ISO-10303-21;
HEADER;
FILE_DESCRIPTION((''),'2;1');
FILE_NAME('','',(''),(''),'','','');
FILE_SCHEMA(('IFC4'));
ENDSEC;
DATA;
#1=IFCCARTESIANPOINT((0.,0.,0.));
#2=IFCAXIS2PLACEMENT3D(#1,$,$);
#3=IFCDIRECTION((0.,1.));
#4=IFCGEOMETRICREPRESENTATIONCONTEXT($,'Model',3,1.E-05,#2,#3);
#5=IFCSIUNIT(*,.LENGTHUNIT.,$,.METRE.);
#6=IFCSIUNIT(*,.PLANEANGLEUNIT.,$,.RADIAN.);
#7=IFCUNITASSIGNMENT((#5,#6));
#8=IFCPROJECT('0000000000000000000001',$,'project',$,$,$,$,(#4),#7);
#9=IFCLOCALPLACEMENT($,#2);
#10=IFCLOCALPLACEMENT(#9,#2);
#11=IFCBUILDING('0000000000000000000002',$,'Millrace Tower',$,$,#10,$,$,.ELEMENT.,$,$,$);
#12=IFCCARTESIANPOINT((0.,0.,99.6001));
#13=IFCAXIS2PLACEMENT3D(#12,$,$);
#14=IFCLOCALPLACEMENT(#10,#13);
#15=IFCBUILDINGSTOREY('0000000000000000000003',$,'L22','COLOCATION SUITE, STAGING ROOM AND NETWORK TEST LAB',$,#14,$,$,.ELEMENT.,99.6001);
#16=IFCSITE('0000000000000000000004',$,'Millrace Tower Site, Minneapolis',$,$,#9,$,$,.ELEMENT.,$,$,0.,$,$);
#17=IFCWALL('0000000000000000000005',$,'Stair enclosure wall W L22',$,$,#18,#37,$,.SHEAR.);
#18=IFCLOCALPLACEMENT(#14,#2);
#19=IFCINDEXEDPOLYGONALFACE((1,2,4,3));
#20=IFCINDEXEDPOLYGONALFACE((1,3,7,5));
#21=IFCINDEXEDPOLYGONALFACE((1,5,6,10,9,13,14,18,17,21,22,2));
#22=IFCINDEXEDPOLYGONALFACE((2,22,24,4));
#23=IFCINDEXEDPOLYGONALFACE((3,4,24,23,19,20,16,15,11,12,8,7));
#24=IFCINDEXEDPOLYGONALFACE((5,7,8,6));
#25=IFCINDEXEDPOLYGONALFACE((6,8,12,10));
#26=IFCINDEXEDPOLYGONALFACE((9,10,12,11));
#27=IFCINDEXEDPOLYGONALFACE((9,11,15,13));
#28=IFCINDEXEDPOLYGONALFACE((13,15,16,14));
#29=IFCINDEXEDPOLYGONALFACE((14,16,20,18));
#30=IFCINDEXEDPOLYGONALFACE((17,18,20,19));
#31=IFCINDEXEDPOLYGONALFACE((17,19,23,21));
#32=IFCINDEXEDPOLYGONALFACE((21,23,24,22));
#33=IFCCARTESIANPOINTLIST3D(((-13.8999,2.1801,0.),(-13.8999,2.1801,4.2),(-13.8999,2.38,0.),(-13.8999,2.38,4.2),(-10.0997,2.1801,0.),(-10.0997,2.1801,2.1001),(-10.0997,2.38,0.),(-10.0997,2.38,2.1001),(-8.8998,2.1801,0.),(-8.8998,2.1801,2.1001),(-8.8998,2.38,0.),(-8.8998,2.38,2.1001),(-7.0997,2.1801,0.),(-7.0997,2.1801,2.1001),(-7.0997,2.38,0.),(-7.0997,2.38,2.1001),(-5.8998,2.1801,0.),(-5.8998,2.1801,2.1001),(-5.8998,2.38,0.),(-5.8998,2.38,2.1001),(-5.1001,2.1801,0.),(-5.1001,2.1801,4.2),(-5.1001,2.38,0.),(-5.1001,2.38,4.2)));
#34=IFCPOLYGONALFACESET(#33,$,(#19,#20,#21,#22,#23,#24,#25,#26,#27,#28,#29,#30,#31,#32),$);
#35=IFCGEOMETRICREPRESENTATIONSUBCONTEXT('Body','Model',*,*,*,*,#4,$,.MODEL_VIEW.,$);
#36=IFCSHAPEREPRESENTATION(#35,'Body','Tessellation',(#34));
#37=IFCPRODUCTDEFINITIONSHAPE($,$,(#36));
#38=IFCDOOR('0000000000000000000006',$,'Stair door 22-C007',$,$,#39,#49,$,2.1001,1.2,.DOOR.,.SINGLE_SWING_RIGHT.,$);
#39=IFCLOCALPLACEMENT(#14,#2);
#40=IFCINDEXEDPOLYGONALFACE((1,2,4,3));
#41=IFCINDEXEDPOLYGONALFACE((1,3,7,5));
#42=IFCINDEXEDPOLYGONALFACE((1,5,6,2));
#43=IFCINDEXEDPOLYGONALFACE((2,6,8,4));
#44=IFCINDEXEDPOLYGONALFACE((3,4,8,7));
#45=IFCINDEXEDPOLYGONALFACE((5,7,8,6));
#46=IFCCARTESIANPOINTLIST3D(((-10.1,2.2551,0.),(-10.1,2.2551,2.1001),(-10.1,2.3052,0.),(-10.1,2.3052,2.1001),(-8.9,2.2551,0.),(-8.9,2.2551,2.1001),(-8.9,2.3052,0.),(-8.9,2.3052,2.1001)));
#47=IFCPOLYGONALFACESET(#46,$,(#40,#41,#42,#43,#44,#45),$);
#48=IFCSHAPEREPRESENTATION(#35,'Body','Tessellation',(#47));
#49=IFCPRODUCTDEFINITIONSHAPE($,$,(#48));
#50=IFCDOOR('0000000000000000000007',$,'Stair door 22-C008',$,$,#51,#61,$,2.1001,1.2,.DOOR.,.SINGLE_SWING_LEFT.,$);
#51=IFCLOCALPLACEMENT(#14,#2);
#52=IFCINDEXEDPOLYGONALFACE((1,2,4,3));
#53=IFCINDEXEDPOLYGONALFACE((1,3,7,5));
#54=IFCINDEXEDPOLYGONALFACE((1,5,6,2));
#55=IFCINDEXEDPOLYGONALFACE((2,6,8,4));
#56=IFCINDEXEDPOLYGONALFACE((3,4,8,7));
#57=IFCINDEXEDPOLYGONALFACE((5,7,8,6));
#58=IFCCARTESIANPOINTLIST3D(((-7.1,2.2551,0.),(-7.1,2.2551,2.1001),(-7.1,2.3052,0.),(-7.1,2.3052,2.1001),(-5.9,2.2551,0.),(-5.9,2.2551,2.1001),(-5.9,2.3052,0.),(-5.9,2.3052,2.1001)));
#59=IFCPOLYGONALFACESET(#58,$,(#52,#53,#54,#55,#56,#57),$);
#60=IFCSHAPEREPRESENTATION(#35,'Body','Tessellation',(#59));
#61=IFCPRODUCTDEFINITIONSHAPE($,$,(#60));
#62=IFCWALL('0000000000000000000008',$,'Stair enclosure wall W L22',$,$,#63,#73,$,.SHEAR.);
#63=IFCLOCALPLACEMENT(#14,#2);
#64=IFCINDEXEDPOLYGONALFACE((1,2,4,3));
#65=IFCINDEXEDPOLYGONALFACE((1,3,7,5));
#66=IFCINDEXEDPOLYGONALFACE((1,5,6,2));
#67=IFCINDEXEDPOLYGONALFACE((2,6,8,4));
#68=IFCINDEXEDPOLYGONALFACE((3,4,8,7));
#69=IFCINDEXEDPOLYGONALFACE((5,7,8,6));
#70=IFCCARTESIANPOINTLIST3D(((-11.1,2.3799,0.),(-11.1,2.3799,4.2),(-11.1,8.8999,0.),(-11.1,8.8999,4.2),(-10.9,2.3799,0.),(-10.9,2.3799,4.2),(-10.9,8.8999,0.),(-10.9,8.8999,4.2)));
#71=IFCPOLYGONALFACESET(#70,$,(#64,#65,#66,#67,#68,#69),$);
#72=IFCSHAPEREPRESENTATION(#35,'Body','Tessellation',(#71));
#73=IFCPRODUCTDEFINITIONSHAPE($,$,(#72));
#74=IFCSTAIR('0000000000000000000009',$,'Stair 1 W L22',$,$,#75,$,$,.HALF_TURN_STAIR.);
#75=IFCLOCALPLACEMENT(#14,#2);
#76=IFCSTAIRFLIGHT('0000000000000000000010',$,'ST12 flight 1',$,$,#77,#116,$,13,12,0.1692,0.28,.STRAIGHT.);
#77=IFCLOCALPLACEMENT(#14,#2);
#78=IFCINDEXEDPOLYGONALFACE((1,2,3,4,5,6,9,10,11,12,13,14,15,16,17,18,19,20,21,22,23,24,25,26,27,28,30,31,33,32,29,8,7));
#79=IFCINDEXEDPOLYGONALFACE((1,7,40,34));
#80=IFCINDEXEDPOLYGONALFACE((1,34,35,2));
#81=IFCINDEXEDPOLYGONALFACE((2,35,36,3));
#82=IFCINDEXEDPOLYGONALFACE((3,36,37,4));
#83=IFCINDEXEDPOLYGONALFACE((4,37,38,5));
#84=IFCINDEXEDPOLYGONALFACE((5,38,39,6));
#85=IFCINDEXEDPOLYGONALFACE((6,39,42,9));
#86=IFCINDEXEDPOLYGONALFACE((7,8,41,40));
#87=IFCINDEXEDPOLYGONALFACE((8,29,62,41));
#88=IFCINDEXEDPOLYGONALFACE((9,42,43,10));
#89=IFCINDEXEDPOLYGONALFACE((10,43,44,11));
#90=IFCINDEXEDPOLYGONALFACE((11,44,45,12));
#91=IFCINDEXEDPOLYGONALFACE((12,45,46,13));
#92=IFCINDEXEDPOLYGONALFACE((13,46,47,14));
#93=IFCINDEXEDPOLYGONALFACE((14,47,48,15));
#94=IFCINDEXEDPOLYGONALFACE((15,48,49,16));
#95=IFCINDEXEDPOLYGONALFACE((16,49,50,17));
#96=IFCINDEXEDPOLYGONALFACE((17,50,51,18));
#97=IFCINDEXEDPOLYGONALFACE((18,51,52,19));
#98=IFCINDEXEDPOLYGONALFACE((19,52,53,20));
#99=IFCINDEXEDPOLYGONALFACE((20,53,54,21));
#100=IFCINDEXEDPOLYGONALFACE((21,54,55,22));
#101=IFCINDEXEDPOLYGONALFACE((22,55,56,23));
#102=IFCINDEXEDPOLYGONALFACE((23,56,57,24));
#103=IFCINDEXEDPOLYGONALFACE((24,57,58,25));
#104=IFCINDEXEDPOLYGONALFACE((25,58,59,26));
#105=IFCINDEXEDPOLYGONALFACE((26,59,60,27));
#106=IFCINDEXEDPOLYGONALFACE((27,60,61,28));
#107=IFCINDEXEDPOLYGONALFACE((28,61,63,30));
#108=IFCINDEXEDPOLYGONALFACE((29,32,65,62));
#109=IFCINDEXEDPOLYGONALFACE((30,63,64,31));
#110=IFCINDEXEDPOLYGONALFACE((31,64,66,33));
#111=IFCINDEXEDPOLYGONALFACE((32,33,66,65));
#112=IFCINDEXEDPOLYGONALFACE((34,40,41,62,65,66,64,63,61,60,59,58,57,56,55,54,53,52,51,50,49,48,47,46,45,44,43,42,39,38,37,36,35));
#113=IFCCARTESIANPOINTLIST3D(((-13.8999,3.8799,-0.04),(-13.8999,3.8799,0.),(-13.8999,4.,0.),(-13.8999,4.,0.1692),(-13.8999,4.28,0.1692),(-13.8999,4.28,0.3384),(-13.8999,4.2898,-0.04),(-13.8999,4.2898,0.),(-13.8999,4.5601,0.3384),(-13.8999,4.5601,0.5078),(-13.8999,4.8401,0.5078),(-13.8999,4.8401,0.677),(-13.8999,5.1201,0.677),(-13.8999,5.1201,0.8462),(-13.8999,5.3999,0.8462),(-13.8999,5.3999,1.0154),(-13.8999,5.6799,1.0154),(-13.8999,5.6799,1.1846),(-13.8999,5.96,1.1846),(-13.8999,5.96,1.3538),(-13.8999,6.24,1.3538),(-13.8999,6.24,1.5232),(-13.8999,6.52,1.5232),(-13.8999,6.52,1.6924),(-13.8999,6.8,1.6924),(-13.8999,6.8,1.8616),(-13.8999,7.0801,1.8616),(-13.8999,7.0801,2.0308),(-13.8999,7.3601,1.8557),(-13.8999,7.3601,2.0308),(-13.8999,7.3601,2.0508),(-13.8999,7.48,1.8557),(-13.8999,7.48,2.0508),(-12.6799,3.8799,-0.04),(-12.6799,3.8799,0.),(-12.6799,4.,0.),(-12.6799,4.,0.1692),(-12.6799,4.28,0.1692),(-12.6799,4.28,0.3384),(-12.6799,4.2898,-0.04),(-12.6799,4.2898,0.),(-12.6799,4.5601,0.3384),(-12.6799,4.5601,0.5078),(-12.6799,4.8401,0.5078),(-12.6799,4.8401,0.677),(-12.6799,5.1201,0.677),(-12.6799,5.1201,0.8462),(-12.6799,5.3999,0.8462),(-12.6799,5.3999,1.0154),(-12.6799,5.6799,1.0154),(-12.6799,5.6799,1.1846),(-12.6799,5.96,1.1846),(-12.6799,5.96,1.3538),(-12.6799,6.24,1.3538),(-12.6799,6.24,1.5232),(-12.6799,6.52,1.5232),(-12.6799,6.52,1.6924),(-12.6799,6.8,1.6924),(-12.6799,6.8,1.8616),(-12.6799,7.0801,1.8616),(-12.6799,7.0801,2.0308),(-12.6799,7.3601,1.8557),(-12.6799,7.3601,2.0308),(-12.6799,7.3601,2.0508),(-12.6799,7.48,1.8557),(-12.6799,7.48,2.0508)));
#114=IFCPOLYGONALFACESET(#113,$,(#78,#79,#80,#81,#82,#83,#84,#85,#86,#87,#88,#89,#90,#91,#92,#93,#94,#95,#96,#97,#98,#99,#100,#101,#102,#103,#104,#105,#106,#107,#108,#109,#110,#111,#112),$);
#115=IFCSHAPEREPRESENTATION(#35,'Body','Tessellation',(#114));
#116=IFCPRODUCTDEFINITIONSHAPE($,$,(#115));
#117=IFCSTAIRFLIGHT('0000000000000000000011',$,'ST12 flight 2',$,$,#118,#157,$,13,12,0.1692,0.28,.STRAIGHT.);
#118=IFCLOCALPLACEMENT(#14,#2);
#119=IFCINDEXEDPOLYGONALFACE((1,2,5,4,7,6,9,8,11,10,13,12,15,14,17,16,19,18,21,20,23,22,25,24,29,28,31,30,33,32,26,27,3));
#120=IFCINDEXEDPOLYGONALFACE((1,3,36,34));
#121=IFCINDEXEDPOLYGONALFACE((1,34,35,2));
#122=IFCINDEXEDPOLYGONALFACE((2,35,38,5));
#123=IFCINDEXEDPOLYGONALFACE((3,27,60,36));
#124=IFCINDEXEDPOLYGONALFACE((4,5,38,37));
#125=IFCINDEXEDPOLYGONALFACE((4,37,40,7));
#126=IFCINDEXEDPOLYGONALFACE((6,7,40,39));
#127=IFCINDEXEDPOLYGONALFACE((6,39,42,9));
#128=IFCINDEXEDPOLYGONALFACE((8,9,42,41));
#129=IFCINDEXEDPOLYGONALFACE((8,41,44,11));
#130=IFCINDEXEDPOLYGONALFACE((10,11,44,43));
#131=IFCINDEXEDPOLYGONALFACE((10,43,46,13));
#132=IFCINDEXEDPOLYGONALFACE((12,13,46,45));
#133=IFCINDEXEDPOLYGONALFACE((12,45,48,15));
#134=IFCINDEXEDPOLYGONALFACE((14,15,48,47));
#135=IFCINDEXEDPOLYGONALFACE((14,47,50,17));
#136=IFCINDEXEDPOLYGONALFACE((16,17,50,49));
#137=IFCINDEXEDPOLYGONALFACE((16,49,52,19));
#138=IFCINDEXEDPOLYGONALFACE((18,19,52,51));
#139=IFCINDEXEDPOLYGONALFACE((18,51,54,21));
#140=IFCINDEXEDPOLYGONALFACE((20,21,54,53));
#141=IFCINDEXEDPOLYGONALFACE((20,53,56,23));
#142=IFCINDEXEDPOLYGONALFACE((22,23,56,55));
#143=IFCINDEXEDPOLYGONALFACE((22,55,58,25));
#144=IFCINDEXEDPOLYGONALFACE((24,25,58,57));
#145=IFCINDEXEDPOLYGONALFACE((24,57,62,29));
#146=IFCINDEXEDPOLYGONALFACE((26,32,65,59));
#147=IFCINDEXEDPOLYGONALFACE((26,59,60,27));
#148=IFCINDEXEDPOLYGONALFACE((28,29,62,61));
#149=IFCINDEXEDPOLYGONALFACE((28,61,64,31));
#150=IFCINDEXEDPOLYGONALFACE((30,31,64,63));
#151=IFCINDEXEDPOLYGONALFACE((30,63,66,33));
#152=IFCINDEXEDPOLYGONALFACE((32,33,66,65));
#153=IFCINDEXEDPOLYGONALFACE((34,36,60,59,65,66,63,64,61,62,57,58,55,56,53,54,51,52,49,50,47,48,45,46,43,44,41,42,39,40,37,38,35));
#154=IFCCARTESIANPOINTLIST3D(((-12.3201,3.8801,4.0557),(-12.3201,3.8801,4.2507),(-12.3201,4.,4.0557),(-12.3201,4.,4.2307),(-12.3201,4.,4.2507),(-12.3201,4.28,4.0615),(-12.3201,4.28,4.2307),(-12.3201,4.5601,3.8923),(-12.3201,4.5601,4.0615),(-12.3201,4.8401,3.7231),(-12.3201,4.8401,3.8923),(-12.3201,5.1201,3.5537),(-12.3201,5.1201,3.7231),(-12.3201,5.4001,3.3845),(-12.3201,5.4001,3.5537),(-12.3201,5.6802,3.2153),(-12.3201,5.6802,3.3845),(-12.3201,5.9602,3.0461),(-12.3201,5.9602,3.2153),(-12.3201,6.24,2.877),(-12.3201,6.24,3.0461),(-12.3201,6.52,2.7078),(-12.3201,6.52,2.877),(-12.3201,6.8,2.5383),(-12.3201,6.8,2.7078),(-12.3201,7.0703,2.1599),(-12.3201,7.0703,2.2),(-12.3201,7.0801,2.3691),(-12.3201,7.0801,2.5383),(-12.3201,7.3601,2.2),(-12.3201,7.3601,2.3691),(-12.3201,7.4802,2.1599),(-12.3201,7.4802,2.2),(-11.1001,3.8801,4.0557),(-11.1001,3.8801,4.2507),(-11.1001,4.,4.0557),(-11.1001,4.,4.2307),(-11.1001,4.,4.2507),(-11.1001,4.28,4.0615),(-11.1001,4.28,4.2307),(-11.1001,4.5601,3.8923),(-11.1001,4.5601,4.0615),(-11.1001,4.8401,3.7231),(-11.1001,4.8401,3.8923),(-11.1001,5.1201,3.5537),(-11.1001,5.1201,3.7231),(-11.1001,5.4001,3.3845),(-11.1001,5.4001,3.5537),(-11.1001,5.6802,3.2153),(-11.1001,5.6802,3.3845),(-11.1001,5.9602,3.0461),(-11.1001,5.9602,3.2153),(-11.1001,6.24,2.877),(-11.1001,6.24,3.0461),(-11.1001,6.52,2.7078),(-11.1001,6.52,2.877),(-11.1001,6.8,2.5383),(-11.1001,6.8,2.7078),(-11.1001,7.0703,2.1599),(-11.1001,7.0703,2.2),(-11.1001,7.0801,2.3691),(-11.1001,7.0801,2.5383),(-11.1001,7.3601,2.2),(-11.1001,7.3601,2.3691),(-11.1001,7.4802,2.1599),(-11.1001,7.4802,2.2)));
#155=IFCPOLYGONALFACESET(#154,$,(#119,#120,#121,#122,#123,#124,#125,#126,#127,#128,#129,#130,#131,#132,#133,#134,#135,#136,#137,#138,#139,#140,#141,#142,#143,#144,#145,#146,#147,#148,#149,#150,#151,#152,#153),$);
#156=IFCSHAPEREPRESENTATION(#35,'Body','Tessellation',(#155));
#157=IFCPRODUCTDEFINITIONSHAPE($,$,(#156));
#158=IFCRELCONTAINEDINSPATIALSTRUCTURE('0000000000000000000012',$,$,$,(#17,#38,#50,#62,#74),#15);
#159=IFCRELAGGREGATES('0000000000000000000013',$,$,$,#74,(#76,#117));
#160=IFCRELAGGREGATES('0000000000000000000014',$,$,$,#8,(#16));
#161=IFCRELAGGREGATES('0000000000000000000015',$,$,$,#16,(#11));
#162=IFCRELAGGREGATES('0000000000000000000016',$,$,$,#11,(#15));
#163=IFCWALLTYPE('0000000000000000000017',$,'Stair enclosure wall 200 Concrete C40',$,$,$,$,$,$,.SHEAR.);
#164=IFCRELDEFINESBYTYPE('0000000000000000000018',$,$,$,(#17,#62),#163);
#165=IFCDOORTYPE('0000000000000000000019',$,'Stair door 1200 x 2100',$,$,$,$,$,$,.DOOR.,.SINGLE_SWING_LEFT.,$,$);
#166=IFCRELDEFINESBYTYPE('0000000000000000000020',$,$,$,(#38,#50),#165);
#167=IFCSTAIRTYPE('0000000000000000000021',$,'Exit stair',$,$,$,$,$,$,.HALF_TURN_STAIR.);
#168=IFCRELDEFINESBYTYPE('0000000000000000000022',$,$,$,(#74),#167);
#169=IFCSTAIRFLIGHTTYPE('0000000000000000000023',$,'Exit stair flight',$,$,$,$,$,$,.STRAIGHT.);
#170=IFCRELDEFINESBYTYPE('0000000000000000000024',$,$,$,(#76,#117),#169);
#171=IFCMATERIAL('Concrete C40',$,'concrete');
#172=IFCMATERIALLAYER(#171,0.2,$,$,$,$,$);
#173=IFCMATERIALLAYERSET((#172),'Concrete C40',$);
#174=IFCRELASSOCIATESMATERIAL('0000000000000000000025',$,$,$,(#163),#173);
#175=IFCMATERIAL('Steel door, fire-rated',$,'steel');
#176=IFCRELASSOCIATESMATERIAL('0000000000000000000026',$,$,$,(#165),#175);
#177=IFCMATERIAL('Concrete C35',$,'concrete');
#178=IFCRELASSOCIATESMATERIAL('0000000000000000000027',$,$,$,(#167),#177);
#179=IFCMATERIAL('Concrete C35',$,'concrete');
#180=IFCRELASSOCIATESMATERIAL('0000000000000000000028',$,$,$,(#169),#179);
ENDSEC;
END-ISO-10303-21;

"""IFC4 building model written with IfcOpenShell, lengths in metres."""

from ifc_helpers import new_model, si_unit, direction, frame, frame_2d, origin, place, context, subcontext, project, spatial, polyline, rectangle, outline, extrude, material, layer, layer_set, type_object, element, fill, aggregate, save


model = new_model("IFC4")

# Units and contexts
model_context = context("Model", 3, precision=1e-05, world=origin(), true_north=direction((0.0, 1.0)))
body_context = subcontext(model_context, "Body", "Model", "MODEL_VIEW")
ifc_project = project(units=[si_unit("LENGTHUNIT", "METRE"), si_unit("PLANEANGLEUNIT", "RADIAN")], contexts=[model_context])

# Site, building, storey
site_placement = place(None, origin())
site = spatial("IfcSite", under=ifc_project, at=site_placement, Name="Millrace Tower Site, Minneapolis", CompositionType="ELEMENT", RefElevation=0.0)
building_placement = place(site_placement, origin())
building = spatial("IfcBuilding", under=site, at=building_placement, Name="Millrace Tower", CompositionType="ELEMENT")
storey_placement = place(building_placement, frame((0.0, 0.0, 99.6001)))
storey = spatial("IfcBuildingStorey", under=building, at=storey_placement, Name="L22", Description="COLOCATION SUITE, STAGING ROOM AND NETWORK TEST LAB", CompositionType="ELEMENT", Elevation=99.6001)

# Shared definitions
placement = place(storey_placement, origin())

# Shared definitions
ifc_material_1 = material(Name="Concrete C40", Category="concrete")
ifc_layer_1 = layer(ifc_material_1, 0.2)
ifc_layer_set_1 = layer_set([ifc_layer_1], Name="Concrete C40")
wall_type_1 = type_object("IfcWallType", Name="Stair enclosure wall 200 Concrete C40", PredefinedType="SHEAR", material=ifc_layer_set_1)

# Wall, openings, doors
wall_1_placement = place(storey_placement, frame((-13.8999, 2.28, 0.0), z_axis=(0.0, 0.0, 1.0), x_axis=(1.0, 0.0, 0.0)))
wall_1 = element("IfcWall", 1, at=wall_1_placement, inside=storey, type_object=wall_type_1, Name="Stair enclosure wall W L22", PredefinedType="SHEAR", context=body_context, shape_type="SweptSolid", body=[
    extrude(rectangle(XDim=8.7998, YDim=0.2, at=frame_2d((4.3999, 0.0))), origin(), (0.0, 0.0, 1.0), 4.2),
])
opening_1_placement = place(wall_1_placement, frame((3.8, 0.0, 0.0)))
opening_1 = element("IfcOpeningElement", 2, at=opening_1_placement, cuts=wall_1, PredefinedType="OPENING", context=body_context, shape_type="SweptSolid", body=[
    extrude(rectangle(XDim=1.2, YDim=2.1001, at=frame_2d((0.6001, 1.05))), frame((0.0, 0.1099, 0.0), z_axis=(0.0, -1.0, 0.0), x_axis=(1.0, 0.0, 0.0)), (0.0, 0.0, 1.0), 0.22),
])
opening_2_placement = place(wall_1_placement, frame((6.8, 0.0, 0.0)))
opening_2 = element("IfcOpeningElement", 3, at=opening_2_placement, cuts=wall_1, PredefinedType="OPENING", context=body_context, shape_type="SweptSolid", body=[
    extrude(rectangle(XDim=1.2, YDim=2.1001, at=frame_2d((0.6001, 1.05))), frame((0.0, 0.1099, 0.0), z_axis=(0.0, -1.0, 0.0), x_axis=(1.0, 0.0, 0.0)), (0.0, 0.0, 1.0), 0.22),
])
ifc_material_2 = material(Name="Steel door, fire-rated", Category="steel")
door_type_1 = type_object("IfcDoorType", Name="Stair door 1200 x 2100", OperationType="SINGLE_SWING_LEFT", PredefinedType="DOOR", material=ifc_material_2)
door_1_placement = place(opening_1_placement, frame((1.2, 0.0, 0.0), z_axis=(0.0, 0.0, 1.0), x_axis=(-1.0, 0.0, 0.0)))
door_1 = element("IfcDoor", 4, at=door_1_placement, inside=storey, type_object=door_type_1, Name="Stair door 22-C007", OperationType="SINGLE_SWING_RIGHT", OverallHeight=2.1001, OverallWidth=1.2, PredefinedType="DOOR", context=body_context, shape_type="SweptSolid", body=[
    extrude(rectangle(XDim=1.2, YDim=2.1001, at=frame_2d((0.6001, 1.05))), frame((0.0, 0.0249, 0.0), z_axis=(0.0, -1.0, 0.0), x_axis=(1.0, 0.0, 0.0)), (0.0, 0.0, 1.0), 0.05),
])
fill(opening_1, door_1)
door_2_placement = place(opening_2_placement, frame((1.2, 0.0, 0.0), z_axis=(0.0, 0.0, 1.0), x_axis=(-1.0, 0.0, 0.0)))
door_2 = element("IfcDoor", 5, at=door_2_placement, inside=storey, type_object=door_type_1, Name="Stair door 22-C008", OperationType="SINGLE_SWING_LEFT", OverallHeight=2.1001, OverallWidth=1.2, PredefinedType="DOOR", context=body_context, shape_type="SweptSolid", body=[
    extrude(rectangle(XDim=1.2, YDim=2.1001, at=frame_2d((0.6001, 1.05))), frame((0.0, 0.0249, 0.0), z_axis=(0.0, -1.0, 0.0), x_axis=(1.0, 0.0, 0.0)), (0.0, 0.0, 1.0), 0.05),
])
fill(opening_2, door_2)

# Wall
wall_2_placement = place(storey_placement, frame((-11.0, 2.3799, 0.0), z_axis=(0.0, 0.0, 1.0), x_axis=(0.0, 1.0, 0.0)))
element("IfcWall", 6, at=wall_2_placement, inside=storey, type_object=wall_type_1, Name="Stair enclosure wall W L22", PredefinedType="SHEAR", context=body_context, shape_type="SweptSolid", body=[
    extrude(rectangle(XDim=6.52, YDim=0.2, at=frame_2d((3.26, 0.0))), origin(), (0.0, 0.0, 1.0), 4.2),
])

# Stair, stair flights
ifc_material_3 = material(Name="Concrete C35", Category="concrete")
stair_type = type_object("IfcStairType", Name="Exit stair", PredefinedType="HALF_TURN_STAIR", material=ifc_material_3)
stair = element("IfcStair", 7, at=placement, inside=storey, type_object=stair_type, Name="Stair 1 W L22", PredefinedType="HALF_TURN_STAIR")
ifc_material_4 = material(Name="Concrete C35", Category="concrete")
stair_flight_type = type_object("IfcStairFlightType", Name="Exit stair flight", PredefinedType="STRAIGHT", material=ifc_material_4)
stair_flight_1_placement = place(storey_placement, frame((-13.29, 4.0, 0.0), z_axis=(0.0, 0.0, 1.0), x_axis=(0.0, 1.0, 0.0)))
stair_flight_1 = element("IfcStairFlight", 8, at=stair_flight_1_placement, type_object=stair_flight_type, Name="ST12 flight 1", NumberOfRisers=13, NumberOfTreads=12, PredefinedType="STRAIGHT", RiserHeight=0.1692, TreadLength=0.28, context=body_context, shape_type="SweptSolid", body=[
    extrude(outline(polyline([(-0.1201, -0.04), (-0.1201, 0.0), (0.0, 0.0), (0.0, 0.1692), (0.28, 0.1692), (0.28, 0.3384), (0.5601, 0.3384), (0.5601, 0.5078), (0.8401, 0.5078), (0.8401, 0.677), (1.1201, 0.677), (1.1201, 0.8462), (1.3999, 0.8462), (1.3999, 1.0154), (1.6799, 1.0154), (1.6799, 1.1846), (1.96, 1.1846), (1.96, 1.3538), (2.24, 1.3538), (2.24, 1.5232), (2.52, 1.5232), (2.52, 1.6924), (2.8, 1.6924), (2.8, 1.8616), (3.0801, 1.8616), (3.0801, 2.0308), (3.3601, 2.0308), (3.3601, 2.0508), (3.48, 2.0508), (3.48, 1.8557), (3.3601, 1.8557), (0.2898, 0.0), (0.2898, -0.04), (-0.1201, -0.04)])), frame((0.0, 0.6099, 0.0), z_axis=(0.0, -1.0, 0.0), x_axis=(1.0, 0.0, 0.0)), (0.0, 0.0, 1.0), 1.22),
])
stair_flight_2_placement = place(storey_placement, frame((-11.71, 7.3601, 2.2), z_axis=(0.0, 0.0, 1.0), x_axis=(0.0, -1.0, 0.0)))
stair_flight_2 = element("IfcStairFlight", 9, at=stair_flight_2_placement, type_object=stair_flight_type, Name="ST12 flight 2", NumberOfRisers=13, NumberOfTreads=12, PredefinedType="STRAIGHT", RiserHeight=0.1692, TreadLength=0.28, context=body_context, shape_type="SweptSolid", body=[
    extrude(outline(polyline([(-0.1201, -0.04), (-0.1201, 0.0), (0.0, 0.0), (0.0, 0.1692), (0.28, 0.1692), (0.28, 0.3384), (0.5601, 0.3384), (0.5601, 0.5078), (0.8401, 0.5078), (0.8401, 0.677), (1.1201, 0.677), (1.1201, 0.8462), (1.3999, 0.8462), (1.3999, 1.0154), (1.6799, 1.0154), (1.6799, 1.1846), (1.96, 1.1846), (1.96, 1.3538), (2.24, 1.3538), (2.24, 1.5232), (2.52, 1.5232), (2.52, 1.6924), (2.8, 1.6924), (2.8, 1.8616), (3.0801, 1.8616), (3.0801, 2.0308), (3.3601, 2.0308), (3.3601, 2.0508), (3.48, 2.0508), (3.48, 1.8557), (3.3601, 1.8557), (0.2898, 0.0), (0.2898, -0.04), (-0.1201, -0.04)])), frame((0.0, 0.6099, 0.0), z_axis=(0.0, -1.0, 0.0), x_axis=(1.0, 0.0, 0.0)), (0.0, 0.0, 1.0), 1.22),
])
aggregate(stair, [stair_flight_1, stair_flight_2])

save(model, "model.ifc")
